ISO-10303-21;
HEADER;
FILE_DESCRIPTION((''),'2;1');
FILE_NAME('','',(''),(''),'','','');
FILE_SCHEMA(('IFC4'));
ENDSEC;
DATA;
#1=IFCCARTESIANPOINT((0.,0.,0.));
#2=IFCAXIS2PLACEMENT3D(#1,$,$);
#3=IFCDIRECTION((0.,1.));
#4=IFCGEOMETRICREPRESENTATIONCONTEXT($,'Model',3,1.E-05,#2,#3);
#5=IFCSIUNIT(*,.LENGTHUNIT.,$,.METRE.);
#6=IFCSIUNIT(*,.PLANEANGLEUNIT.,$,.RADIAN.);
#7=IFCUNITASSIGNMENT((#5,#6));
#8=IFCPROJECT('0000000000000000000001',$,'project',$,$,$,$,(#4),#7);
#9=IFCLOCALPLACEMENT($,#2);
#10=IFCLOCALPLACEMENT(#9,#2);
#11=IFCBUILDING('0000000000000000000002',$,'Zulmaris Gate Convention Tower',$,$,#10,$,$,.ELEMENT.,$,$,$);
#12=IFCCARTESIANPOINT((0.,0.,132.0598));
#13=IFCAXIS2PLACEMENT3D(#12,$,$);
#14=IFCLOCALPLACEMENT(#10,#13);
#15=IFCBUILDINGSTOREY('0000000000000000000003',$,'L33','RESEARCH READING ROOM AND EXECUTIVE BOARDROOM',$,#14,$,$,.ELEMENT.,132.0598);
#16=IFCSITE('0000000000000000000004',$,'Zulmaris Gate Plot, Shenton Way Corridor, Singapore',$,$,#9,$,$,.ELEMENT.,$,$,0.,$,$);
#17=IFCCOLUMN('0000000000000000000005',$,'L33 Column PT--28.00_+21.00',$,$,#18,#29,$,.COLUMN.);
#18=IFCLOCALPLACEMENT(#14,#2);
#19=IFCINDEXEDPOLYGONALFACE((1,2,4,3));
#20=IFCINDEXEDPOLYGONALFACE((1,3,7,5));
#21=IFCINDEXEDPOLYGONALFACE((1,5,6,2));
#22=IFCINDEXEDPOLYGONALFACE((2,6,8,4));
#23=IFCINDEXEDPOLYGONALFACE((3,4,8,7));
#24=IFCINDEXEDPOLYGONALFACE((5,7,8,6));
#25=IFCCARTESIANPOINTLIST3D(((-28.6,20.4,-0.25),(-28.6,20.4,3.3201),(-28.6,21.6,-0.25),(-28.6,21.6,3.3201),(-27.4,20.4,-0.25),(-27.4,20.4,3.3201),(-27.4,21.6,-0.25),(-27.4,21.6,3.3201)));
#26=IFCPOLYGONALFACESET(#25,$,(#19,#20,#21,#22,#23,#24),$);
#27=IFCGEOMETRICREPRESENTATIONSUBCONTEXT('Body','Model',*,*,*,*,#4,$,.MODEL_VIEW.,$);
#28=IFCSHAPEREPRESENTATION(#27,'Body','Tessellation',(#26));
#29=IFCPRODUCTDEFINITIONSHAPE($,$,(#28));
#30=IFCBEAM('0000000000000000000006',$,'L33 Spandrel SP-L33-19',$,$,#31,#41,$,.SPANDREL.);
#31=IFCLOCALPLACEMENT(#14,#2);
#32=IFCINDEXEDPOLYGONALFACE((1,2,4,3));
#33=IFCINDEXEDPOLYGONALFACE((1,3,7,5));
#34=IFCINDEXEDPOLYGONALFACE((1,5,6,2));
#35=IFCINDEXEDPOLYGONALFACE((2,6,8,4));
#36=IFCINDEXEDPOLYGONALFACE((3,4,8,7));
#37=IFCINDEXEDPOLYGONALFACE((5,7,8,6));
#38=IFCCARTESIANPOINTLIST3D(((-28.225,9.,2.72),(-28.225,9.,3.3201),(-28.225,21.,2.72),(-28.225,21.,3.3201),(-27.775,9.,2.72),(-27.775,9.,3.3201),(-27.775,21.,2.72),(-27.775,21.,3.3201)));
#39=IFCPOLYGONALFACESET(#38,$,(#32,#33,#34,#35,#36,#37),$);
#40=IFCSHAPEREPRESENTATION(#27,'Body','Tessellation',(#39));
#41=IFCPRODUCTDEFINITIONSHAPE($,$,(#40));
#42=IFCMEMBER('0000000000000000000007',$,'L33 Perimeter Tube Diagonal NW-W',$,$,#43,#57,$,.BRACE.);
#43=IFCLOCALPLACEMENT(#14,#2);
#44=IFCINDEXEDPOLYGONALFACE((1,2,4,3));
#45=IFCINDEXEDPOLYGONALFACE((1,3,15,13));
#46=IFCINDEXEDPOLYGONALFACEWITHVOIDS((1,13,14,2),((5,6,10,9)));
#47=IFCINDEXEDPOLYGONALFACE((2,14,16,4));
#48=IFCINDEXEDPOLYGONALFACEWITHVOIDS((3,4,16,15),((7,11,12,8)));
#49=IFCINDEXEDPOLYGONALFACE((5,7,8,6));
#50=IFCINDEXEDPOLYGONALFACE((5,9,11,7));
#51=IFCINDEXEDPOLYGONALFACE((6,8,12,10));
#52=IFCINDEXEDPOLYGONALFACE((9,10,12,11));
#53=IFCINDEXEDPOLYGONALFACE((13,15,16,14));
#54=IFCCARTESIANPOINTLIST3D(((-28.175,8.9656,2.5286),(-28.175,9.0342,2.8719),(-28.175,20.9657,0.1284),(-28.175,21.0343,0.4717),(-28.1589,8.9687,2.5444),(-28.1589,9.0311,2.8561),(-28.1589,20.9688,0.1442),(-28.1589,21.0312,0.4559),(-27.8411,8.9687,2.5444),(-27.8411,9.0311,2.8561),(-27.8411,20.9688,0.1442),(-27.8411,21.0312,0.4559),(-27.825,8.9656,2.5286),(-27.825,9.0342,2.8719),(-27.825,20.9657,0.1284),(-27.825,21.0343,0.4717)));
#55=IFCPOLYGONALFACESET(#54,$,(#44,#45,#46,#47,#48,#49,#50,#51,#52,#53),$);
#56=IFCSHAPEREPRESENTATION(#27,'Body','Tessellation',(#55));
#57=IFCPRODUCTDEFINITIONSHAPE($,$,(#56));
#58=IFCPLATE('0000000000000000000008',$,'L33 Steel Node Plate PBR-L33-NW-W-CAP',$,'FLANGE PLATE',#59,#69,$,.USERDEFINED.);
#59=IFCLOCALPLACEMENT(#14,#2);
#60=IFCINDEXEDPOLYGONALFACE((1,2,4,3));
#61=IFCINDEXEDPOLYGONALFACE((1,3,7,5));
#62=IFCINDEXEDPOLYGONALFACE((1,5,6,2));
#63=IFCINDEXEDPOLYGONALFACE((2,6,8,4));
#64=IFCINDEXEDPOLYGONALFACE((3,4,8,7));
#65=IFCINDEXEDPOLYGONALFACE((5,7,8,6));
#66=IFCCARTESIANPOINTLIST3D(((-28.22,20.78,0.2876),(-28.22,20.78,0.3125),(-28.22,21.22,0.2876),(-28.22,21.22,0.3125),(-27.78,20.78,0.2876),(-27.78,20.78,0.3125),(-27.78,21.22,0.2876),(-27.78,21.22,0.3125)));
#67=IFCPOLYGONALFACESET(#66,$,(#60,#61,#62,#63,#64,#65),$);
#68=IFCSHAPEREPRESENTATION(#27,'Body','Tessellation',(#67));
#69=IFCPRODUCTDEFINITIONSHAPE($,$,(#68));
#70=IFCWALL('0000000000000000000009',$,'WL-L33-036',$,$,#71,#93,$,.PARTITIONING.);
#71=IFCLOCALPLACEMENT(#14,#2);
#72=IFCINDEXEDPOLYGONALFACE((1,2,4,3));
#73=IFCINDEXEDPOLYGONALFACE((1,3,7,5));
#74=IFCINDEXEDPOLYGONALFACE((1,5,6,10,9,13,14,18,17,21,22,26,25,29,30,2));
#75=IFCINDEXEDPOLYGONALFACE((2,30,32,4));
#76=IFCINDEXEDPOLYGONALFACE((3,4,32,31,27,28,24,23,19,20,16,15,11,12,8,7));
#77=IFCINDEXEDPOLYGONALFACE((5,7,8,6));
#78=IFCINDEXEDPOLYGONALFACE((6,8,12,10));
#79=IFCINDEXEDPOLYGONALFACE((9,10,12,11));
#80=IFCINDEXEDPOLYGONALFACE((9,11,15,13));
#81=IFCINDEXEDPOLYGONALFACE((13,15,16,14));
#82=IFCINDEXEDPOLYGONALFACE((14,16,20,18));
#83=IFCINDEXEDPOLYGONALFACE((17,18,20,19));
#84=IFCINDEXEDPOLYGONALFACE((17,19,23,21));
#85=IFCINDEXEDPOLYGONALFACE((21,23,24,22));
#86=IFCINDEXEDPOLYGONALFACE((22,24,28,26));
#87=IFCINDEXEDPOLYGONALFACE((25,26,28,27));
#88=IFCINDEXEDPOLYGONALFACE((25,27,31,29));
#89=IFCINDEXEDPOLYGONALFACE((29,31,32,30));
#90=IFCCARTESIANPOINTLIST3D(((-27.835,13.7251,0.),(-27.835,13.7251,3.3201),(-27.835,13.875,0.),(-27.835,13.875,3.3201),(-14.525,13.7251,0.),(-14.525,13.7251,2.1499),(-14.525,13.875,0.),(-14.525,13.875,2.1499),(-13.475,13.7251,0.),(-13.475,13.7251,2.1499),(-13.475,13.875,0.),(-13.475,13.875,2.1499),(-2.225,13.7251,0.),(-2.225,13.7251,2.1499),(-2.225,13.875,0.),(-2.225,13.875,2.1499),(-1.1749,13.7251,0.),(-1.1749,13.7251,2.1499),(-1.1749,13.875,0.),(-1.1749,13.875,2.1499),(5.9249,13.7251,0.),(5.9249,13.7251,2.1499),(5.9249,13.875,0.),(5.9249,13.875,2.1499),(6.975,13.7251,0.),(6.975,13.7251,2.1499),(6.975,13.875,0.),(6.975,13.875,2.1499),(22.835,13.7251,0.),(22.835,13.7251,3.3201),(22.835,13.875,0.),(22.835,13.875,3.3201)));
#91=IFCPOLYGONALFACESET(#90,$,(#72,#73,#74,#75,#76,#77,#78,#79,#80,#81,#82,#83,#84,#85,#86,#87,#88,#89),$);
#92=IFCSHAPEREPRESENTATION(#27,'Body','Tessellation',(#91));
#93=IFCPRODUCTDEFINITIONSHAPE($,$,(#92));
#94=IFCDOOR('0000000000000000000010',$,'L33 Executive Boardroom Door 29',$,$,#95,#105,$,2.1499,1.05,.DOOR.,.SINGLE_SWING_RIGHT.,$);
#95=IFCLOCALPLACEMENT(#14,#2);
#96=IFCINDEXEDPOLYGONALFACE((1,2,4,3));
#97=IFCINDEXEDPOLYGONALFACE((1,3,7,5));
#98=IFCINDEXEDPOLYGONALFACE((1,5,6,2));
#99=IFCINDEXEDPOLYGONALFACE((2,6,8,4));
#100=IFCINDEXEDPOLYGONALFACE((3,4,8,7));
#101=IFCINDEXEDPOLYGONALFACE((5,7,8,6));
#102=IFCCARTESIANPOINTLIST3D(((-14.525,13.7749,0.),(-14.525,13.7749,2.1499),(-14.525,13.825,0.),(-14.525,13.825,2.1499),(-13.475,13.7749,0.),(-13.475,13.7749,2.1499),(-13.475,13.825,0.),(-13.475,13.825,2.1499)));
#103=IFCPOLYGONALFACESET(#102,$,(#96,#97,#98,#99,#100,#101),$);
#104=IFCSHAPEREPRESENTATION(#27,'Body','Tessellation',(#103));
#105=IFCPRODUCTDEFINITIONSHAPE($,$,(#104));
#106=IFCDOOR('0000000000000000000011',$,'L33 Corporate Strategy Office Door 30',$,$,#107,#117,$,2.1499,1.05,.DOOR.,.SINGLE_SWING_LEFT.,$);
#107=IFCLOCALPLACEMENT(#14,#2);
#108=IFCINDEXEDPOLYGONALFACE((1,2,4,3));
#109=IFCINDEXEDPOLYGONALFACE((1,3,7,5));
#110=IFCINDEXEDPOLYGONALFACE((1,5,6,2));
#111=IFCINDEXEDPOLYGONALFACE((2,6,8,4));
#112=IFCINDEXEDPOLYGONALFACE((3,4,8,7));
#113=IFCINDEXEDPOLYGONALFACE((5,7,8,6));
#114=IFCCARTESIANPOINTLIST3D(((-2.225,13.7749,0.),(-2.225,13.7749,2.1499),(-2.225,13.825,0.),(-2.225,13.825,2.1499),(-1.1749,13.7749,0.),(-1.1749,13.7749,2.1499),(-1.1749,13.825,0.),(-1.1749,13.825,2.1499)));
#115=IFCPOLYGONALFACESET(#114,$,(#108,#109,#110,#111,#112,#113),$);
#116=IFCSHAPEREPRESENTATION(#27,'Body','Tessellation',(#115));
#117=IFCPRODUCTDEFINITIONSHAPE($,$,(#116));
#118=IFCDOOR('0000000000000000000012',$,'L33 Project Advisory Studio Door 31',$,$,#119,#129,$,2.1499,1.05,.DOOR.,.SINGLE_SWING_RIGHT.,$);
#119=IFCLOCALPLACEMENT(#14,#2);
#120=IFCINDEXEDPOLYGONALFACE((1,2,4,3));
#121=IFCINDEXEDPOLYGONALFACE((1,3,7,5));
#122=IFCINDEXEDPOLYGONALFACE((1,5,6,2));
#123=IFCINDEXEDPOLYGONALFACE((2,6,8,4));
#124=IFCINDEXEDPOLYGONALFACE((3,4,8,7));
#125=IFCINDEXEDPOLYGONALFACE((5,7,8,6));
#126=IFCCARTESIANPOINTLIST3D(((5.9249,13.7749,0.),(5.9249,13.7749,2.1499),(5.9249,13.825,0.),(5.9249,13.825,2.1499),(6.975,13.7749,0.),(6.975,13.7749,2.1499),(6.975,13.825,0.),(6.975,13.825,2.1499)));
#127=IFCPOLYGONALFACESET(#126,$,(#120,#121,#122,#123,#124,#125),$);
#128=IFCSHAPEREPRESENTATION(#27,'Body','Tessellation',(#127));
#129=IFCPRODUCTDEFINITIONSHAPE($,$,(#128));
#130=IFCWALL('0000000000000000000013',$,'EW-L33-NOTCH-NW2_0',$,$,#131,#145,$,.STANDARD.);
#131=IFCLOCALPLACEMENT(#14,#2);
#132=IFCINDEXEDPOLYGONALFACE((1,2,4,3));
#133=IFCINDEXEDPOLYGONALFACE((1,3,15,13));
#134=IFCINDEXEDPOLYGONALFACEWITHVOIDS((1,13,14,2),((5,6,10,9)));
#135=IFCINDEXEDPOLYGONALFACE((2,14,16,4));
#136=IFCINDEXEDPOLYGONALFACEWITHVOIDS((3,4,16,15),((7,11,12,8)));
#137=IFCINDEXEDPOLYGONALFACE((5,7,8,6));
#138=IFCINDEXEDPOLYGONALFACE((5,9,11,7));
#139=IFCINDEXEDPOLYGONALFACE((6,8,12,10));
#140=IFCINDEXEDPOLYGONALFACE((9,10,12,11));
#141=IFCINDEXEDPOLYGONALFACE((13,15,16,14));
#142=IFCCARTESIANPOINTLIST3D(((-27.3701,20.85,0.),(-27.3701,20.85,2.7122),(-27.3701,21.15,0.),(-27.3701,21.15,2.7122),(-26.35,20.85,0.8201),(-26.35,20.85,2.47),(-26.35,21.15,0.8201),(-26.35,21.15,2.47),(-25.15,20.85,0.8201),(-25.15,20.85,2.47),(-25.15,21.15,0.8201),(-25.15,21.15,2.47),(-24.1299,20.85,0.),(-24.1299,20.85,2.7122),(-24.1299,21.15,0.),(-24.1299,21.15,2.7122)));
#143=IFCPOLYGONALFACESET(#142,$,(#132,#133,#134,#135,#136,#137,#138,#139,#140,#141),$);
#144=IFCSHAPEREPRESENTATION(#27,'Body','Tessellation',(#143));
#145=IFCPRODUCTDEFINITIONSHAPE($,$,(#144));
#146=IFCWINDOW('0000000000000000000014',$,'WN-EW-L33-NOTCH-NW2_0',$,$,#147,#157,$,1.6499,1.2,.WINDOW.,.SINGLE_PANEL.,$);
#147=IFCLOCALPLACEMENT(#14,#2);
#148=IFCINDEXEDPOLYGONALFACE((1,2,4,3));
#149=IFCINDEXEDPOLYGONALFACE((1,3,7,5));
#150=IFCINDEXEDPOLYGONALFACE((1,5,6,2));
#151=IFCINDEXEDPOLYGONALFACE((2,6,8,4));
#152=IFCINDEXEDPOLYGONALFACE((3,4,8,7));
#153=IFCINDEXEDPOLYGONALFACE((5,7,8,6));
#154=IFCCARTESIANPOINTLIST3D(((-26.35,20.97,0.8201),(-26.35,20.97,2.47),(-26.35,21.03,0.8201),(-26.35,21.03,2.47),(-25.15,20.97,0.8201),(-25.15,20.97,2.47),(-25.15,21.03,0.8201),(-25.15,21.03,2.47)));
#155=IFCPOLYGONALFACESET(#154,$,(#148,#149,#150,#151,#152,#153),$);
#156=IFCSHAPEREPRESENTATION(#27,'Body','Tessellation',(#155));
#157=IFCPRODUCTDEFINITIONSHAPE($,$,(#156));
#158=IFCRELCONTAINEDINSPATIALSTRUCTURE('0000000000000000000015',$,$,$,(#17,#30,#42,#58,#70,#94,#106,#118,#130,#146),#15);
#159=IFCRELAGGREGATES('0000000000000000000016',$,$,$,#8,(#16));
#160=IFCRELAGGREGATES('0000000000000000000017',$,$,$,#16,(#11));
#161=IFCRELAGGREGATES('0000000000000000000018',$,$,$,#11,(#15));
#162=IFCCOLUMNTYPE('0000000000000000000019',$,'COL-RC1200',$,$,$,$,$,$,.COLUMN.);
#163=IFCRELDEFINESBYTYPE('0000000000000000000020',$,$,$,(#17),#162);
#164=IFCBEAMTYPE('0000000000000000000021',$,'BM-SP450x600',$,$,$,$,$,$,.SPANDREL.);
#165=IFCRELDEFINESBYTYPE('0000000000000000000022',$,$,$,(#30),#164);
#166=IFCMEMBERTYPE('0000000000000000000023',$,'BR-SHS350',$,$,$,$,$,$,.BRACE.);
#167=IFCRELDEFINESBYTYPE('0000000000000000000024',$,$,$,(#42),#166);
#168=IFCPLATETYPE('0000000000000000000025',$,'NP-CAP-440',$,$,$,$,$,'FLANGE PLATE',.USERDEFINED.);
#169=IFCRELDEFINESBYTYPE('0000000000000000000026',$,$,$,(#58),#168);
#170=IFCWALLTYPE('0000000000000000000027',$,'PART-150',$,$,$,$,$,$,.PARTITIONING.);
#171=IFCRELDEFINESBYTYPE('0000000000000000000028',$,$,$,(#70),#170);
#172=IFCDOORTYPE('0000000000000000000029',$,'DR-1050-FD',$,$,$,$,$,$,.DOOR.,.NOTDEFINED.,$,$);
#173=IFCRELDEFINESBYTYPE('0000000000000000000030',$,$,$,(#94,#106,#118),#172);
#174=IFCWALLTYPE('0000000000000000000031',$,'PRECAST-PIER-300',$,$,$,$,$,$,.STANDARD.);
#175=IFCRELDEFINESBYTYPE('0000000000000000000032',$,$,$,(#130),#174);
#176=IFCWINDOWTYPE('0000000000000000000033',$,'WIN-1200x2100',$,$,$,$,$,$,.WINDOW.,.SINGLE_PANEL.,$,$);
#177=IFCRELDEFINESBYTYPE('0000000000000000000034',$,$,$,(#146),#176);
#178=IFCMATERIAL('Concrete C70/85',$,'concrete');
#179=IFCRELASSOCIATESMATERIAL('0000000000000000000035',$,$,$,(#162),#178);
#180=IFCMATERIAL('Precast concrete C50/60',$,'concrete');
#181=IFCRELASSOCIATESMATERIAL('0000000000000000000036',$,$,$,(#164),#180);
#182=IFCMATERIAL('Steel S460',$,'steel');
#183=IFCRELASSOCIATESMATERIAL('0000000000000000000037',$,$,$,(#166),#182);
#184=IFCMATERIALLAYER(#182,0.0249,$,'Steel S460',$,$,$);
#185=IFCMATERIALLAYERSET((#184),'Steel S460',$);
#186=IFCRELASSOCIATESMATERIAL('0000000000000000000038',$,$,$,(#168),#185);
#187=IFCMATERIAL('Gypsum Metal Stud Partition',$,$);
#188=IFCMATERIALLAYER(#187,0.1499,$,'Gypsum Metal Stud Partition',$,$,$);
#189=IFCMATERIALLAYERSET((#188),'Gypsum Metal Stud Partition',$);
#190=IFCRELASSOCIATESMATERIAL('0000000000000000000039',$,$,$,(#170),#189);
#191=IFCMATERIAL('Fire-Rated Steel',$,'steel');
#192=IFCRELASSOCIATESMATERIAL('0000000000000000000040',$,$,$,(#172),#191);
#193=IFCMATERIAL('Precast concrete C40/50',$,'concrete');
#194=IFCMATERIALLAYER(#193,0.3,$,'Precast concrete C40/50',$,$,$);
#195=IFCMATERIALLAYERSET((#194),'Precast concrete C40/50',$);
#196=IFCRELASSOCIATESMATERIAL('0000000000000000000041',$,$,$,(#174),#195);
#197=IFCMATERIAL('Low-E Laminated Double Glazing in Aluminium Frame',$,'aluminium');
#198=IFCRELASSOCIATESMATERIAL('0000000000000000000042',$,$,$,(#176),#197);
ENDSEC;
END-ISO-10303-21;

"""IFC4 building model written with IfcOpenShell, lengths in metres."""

from ifc_helpers import new_model, si_unit, direction, frame, frame_2d, origin, origin_2d, place, context, subcontext, project, spatial, rectangle, hollow_rectangle, extrude, material, layer, layer_set, material_profile, profile_set, type_object, element, fill, save


model = new_model("IFC4")

# Units and contexts
model_context = context("Model", 3, precision=1e-05, world=origin(), true_north=direction((0.0, 1.0)))
body_context = subcontext(model_context, "Body", "Model", "MODEL_VIEW")
ifc_project = project(units=[si_unit("LENGTHUNIT", "METRE"), si_unit("PLANEANGLEUNIT", "RADIAN")], contexts=[model_context])

# Site, building, storey
site_placement = place(None, origin())
site = spatial("IfcSite", under=ifc_project, at=site_placement, Name="Zulmaris Gate Plot, Shenton Way Corridor, Singapore", CompositionType="ELEMENT", RefElevation=0.0)
building_placement = place(site_placement, origin())
building = spatial("IfcBuilding", under=site, at=building_placement, Name="Zulmaris Gate Convention Tower", CompositionType="ELEMENT")
storey_placement = place(building_placement, frame((0.0, 0.0, 132.0598)))
storey = spatial("IfcBuildingStorey", under=building, at=storey_placement, Name="L33", Description="RESEARCH READING ROOM AND EXECUTIVE BOARDROOM", CompositionType="ELEMENT", Elevation=132.0598)

# Column
ifc_material_1 = material(Name="Concrete C70/85", Category="concrete")
ifc_material_profile_1 = material_profile(ifc_material_1, rectangle(XDim=1.2, YDim=1.2, at=origin_2d()), Name="RC COL 1200x1200")
ifc_profile_set_1 = profile_set([ifc_material_profile_1], Name="Concrete C70/85")
column_type = type_object("IfcColumnType", Name="COL-RC1200", PredefinedType="COLUMN", material=ifc_profile_set_1)
column_placement = place(storey_placement, frame((-28.0, 21.0, -0.25), z_axis=(0.0, 0.0, 1.0), x_axis=(1.0, 0.0, 0.0)))
element("IfcColumn", 1, at=column_placement, inside=storey, type_object=column_type, Name="L33 Column PT--28.00_+21.00", PredefinedType="COLUMN", context=body_context, shape_type="SweptSolid", body=[
    extrude(rectangle(XDim=1.2, YDim=1.2, at=origin_2d()), origin(), (0.0, 0.0, 1.0), 3.5701),
])

# Beam
ifc_material_2 = material(Name="Precast concrete C50/60", Category="concrete")
ifc_material_profile_2 = material_profile(ifc_material_2, rectangle(XDim=0.45, YDim=0.6001, at=origin_2d()), Name="RC SPANDREL 450x600")
ifc_profile_set_2 = profile_set([ifc_material_profile_2], Name="Precast concrete C50/60")
beam_type = type_object("IfcBeamType", Name="BM-SP450x600", PredefinedType="SPANDREL", material=ifc_profile_set_2)
beam_placement = place(storey_placement, frame((-28.0, 21.0, 3.02), z_axis=(0.0, -1.0, 0.0), x_axis=(1.0, 0.0, 0.0)))
element("IfcBeam", 2, at=beam_placement, inside=storey, type_object=beam_type, Name="L33 Spandrel SP-L33-19", PredefinedType="SPANDREL", context=body_context, shape_type="SweptSolid", body=[
    extrude(rectangle(XDim=0.45, YDim=0.6001, at=origin_2d()), origin(), (0.0, 0.0, 1.0), 12.0),
])

# Member
ifc_material_3 = material(Name="Steel S460", Category="steel")
ifc_material_profile_3 = material_profile(ifc_material_3, hollow_rectangle(XDim=0.3501, YDim=0.3501, WallThickness=0.0161, at=origin_2d()), Name="SHS 350x350x16")
ifc_profile_set_3 = profile_set([ifc_material_profile_3], Name="Steel S460")
member_type = type_object("IfcMemberType", Name="BR-SHS350", PredefinedType="BRACE", material=ifc_profile_set_3)
member_placement = place(storey_placement, frame((-28.0, 21.0, 0.3), z_axis=(0.0, -0.980578, 0.196128), x_axis=(1.0, 0.0, 0.0)))
element("IfcMember", 3, at=member_placement, inside=storey, type_object=member_type, Name="L33 Perimeter Tube Diagonal NW-W", PredefinedType="BRACE", context=body_context, shape_type="SweptSolid", body=[
    extrude(hollow_rectangle(XDim=0.3501, YDim=0.3501, WallThickness=0.0161, at=origin_2d()), origin(), (0.0, 0.0, 1.0), 12.2378),
])

# Plate
ifc_layer_1 = layer(ifc_material_3, 0.0249, Name="Steel S460")
ifc_layer_set_1 = layer_set([ifc_layer_1], Name="Steel S460")
plate_type = type_object("IfcPlateType", Name="NP-CAP-440", ElementType="FLANGE PLATE", PredefinedType="USERDEFINED", material=ifc_layer_set_1)
plate_placement = place(storey_placement, frame((-28.0, 21.0, 0.2876), z_axis=(0.0, 0.0, 1.0), x_axis=(1.0, 0.0, 0.0)))
element("IfcPlate", 4, at=plate_placement, inside=storey, type_object=plate_type, Name="L33 Steel Node Plate PBR-L33-NW-W-CAP", ObjectType="FLANGE PLATE", PredefinedType="USERDEFINED", context=body_context, shape_type="SweptSolid", body=[
    extrude(rectangle(XDim=0.4399, YDim=0.4399, at=origin_2d()), origin(), (0.0, 0.0, 1.0), 0.0249),
])

# Wall, openings, doors
ifc_material_4 = material(Name="Gypsum Metal Stud Partition")
ifc_layer_2 = layer(ifc_material_4, 0.1499, Name="Gypsum Metal Stud Partition")
ifc_layer_set_2 = layer_set([ifc_layer_2], Name="Gypsum Metal Stud Partition")
wall_type_1 = type_object("IfcWallType", Name="PART-150", PredefinedType="PARTITIONING", material=ifc_layer_set_2)
wall_1_placement = place(storey_placement, frame((-27.835, 13.8, 0.0), z_axis=(0.0, 0.0, 1.0), x_axis=(1.0, 0.0, 0.0)))
wall_1 = element("IfcWall", 5, at=wall_1_placement, inside=storey, type_object=wall_type_1, Name="WL-L33-036", PredefinedType="PARTITIONING", context=body_context, shape_type="SweptSolid", body=[
    extrude(rectangle(XDim=50.6699, YDim=0.1499, at=frame_2d((25.335, 0.0))), origin(), (0.0, 0.0, 1.0), 3.3201),
])
opening_1_placement = place(wall_1_placement, frame((13.3101, 0.0, 0.0)))
opening_1 = element("IfcOpeningElement", 6, at=opening_1_placement, cuts=wall_1, PredefinedType="OPENING", context=body_context, shape_type="SweptSolid", body=[
    extrude(rectangle(XDim=1.05, YDim=2.1499, at=frame_2d((0.5249, 1.075))), frame((0.0, 0.085, 0.0), z_axis=(0.0, -1.0, 0.0), x_axis=(1.0, 0.0, 0.0)), (0.0, 0.0, 1.0), 0.1699),
])
opening_2_placement = place(wall_1_placement, frame((25.6101, 0.0, 0.0)))
opening_2 = element("IfcOpeningElement", 7, at=opening_2_placement, cuts=wall_1, PredefinedType="OPENING", context=body_context, shape_type="SweptSolid", body=[
    extrude(rectangle(XDim=1.05, YDim=2.1499, at=frame_2d((0.5249, 1.075))), frame((0.0, 0.085, 0.0), z_axis=(0.0, -1.0, 0.0), x_axis=(1.0, 0.0, 0.0)), (0.0, 0.0, 1.0), 0.1699),
])
opening_3_placement = place(wall_1_placement, frame((33.76, 0.0, 0.0)))
opening_3 = element("IfcOpeningElement", 8, at=opening_3_placement, cuts=wall_1, PredefinedType="OPENING", context=body_context, shape_type="SweptSolid", body=[
    extrude(rectangle(XDim=1.05, YDim=2.1499, at=frame_2d((0.5249, 1.075))), frame((0.0, 0.085, 0.0), z_axis=(0.0, -1.0, 0.0), x_axis=(1.0, 0.0, 0.0)), (0.0, 0.0, 1.0), 0.1699),
])
ifc_material_5 = material(Name="Fire-Rated Steel", Category="steel")
door_type = type_object("IfcDoorType", Name="DR-1050-FD", OperationType="NOTDEFINED", PredefinedType="DOOR", material=ifc_material_5)
door_1_placement = place(opening_1_placement, origin())
door_1 = element("IfcDoor", 9, at=door_1_placement, inside=storey, type_object=door_type, Name="L33 Executive Boardroom Door 29", OperationType="SINGLE_SWING_RIGHT", OverallHeight=2.1499, OverallWidth=1.05, PredefinedType="DOOR", context=body_context, shape_type="SweptSolid", body=[
    extrude(rectangle(XDim=1.05, YDim=2.1499, at=frame_2d((0.5249, 1.075))), frame((0.0, 0.0249, 0.0), z_axis=(0.0, -1.0, 0.0), x_axis=(1.0, 0.0, 0.0)), (0.0, 0.0, 1.0), 0.05),
])
fill(opening_1, door_1)
door_2_placement = place(opening_2_placement, origin())
door_2 = element("IfcDoor", 10, at=door_2_placement, inside=storey, type_object=door_type, Name="L33 Corporate Strategy Office Door 30", OperationType="SINGLE_SWING_LEFT", OverallHeight=2.1499, OverallWidth=1.05, PredefinedType="DOOR", context=body_context, shape_type="SweptSolid", body=[
    extrude(rectangle(XDim=1.05, YDim=2.1499, at=frame_2d((0.5249, 1.075))), frame((0.0, 0.0249, 0.0), z_axis=(0.0, -1.0, 0.0), x_axis=(1.0, 0.0, 0.0)), (0.0, 0.0, 1.0), 0.05),
])
fill(opening_2, door_2)
door_3_placement = place(opening_3_placement, origin())
door_3 = element("IfcDoor", 11, at=door_3_placement, inside=storey, type_object=door_type, Name="L33 Project Advisory Studio Door 31", OperationType="SINGLE_SWING_RIGHT", OverallHeight=2.1499, OverallWidth=1.05, PredefinedType="DOOR", context=body_context, shape_type="SweptSolid", body=[
    extrude(rectangle(XDim=1.05, YDim=2.1499, at=frame_2d((0.5249, 1.075))), frame((0.0, 0.0249, 0.0), z_axis=(0.0, -1.0, 0.0), x_axis=(1.0, 0.0, 0.0)), (0.0, 0.0, 1.0), 0.05),
])
fill(opening_3, door_3)

# Wall, opening, window
ifc_material_6 = material(Name="Precast concrete C40/50", Category="concrete")
ifc_layer_3 = layer(ifc_material_6, 0.3, Name="Precast concrete C40/50")
ifc_layer_set_3 = layer_set([ifc_layer_3], Name="Precast concrete C40/50")
wall_type_2 = type_object("IfcWallType", Name="PRECAST-PIER-300", PredefinedType="STANDARD", material=ifc_layer_set_3)
wall_2_placement = place(storey_placement, frame((-24.1299, 21.0, 0.0), z_axis=(0.0, 0.0, 1.0), x_axis=(-1.0, 0.0, 0.0)))
wall_2 = element("IfcWall", 12, at=wall_2_placement, inside=storey, type_object=wall_type_2, Name="EW-L33-NOTCH-NW2_0", PredefinedType="STANDARD", context=body_context, shape_type="SweptSolid", body=[
    extrude(rectangle(XDim=3.2402, YDim=0.3, at=frame_2d((1.6201, 0.0))), origin(), (0.0, 0.0, 1.0), 2.7122),
])
opening_4_placement = place(wall_2_placement, frame((1.02, 0.0, 0.8201)))
opening_4 = element("IfcOpeningElement", 13, at=opening_4_placement, cuts=wall_2, PredefinedType="OPENING", context=body_context, shape_type="SweptSolid", body=[
    extrude(rectangle(XDim=1.2, YDim=1.6499, at=frame_2d((0.6001, 0.825))), frame((0.0, 0.1602, 0.0), z_axis=(0.0, -1.0, 0.0), x_axis=(1.0, 0.0, 0.0)), (0.0, 0.0, 1.0), 0.3201),
])
ifc_material_7 = material(Name="Low-E Laminated Double Glazing in Aluminium Frame", Category="aluminium")
window_type = type_object("IfcWindowType", Name="WIN-1200x2100", PartitioningType="SINGLE_PANEL", PredefinedType="WINDOW", material=ifc_material_7)
window_placement = place(opening_4_placement, origin())
window = element("IfcWindow", 14, at=window_placement, inside=storey, type_object=window_type, Name="WN-EW-L33-NOTCH-NW2_0", OverallHeight=1.6499, OverallWidth=1.2, PartitioningType="SINGLE_PANEL", PredefinedType="WINDOW", context=body_context, shape_type="SweptSolid", body=[
    extrude(rectangle(XDim=1.2, YDim=1.6499, at=frame_2d((0.6001, 0.825))), frame((0.0, 0.03, 0.0), z_axis=(0.0, -1.0, 0.0), x_axis=(1.0, 0.0, 0.0)), (0.0, 0.0, 1.0), 0.0601),
])
fill(opening_4, window)

save(model, "model.ifc")
